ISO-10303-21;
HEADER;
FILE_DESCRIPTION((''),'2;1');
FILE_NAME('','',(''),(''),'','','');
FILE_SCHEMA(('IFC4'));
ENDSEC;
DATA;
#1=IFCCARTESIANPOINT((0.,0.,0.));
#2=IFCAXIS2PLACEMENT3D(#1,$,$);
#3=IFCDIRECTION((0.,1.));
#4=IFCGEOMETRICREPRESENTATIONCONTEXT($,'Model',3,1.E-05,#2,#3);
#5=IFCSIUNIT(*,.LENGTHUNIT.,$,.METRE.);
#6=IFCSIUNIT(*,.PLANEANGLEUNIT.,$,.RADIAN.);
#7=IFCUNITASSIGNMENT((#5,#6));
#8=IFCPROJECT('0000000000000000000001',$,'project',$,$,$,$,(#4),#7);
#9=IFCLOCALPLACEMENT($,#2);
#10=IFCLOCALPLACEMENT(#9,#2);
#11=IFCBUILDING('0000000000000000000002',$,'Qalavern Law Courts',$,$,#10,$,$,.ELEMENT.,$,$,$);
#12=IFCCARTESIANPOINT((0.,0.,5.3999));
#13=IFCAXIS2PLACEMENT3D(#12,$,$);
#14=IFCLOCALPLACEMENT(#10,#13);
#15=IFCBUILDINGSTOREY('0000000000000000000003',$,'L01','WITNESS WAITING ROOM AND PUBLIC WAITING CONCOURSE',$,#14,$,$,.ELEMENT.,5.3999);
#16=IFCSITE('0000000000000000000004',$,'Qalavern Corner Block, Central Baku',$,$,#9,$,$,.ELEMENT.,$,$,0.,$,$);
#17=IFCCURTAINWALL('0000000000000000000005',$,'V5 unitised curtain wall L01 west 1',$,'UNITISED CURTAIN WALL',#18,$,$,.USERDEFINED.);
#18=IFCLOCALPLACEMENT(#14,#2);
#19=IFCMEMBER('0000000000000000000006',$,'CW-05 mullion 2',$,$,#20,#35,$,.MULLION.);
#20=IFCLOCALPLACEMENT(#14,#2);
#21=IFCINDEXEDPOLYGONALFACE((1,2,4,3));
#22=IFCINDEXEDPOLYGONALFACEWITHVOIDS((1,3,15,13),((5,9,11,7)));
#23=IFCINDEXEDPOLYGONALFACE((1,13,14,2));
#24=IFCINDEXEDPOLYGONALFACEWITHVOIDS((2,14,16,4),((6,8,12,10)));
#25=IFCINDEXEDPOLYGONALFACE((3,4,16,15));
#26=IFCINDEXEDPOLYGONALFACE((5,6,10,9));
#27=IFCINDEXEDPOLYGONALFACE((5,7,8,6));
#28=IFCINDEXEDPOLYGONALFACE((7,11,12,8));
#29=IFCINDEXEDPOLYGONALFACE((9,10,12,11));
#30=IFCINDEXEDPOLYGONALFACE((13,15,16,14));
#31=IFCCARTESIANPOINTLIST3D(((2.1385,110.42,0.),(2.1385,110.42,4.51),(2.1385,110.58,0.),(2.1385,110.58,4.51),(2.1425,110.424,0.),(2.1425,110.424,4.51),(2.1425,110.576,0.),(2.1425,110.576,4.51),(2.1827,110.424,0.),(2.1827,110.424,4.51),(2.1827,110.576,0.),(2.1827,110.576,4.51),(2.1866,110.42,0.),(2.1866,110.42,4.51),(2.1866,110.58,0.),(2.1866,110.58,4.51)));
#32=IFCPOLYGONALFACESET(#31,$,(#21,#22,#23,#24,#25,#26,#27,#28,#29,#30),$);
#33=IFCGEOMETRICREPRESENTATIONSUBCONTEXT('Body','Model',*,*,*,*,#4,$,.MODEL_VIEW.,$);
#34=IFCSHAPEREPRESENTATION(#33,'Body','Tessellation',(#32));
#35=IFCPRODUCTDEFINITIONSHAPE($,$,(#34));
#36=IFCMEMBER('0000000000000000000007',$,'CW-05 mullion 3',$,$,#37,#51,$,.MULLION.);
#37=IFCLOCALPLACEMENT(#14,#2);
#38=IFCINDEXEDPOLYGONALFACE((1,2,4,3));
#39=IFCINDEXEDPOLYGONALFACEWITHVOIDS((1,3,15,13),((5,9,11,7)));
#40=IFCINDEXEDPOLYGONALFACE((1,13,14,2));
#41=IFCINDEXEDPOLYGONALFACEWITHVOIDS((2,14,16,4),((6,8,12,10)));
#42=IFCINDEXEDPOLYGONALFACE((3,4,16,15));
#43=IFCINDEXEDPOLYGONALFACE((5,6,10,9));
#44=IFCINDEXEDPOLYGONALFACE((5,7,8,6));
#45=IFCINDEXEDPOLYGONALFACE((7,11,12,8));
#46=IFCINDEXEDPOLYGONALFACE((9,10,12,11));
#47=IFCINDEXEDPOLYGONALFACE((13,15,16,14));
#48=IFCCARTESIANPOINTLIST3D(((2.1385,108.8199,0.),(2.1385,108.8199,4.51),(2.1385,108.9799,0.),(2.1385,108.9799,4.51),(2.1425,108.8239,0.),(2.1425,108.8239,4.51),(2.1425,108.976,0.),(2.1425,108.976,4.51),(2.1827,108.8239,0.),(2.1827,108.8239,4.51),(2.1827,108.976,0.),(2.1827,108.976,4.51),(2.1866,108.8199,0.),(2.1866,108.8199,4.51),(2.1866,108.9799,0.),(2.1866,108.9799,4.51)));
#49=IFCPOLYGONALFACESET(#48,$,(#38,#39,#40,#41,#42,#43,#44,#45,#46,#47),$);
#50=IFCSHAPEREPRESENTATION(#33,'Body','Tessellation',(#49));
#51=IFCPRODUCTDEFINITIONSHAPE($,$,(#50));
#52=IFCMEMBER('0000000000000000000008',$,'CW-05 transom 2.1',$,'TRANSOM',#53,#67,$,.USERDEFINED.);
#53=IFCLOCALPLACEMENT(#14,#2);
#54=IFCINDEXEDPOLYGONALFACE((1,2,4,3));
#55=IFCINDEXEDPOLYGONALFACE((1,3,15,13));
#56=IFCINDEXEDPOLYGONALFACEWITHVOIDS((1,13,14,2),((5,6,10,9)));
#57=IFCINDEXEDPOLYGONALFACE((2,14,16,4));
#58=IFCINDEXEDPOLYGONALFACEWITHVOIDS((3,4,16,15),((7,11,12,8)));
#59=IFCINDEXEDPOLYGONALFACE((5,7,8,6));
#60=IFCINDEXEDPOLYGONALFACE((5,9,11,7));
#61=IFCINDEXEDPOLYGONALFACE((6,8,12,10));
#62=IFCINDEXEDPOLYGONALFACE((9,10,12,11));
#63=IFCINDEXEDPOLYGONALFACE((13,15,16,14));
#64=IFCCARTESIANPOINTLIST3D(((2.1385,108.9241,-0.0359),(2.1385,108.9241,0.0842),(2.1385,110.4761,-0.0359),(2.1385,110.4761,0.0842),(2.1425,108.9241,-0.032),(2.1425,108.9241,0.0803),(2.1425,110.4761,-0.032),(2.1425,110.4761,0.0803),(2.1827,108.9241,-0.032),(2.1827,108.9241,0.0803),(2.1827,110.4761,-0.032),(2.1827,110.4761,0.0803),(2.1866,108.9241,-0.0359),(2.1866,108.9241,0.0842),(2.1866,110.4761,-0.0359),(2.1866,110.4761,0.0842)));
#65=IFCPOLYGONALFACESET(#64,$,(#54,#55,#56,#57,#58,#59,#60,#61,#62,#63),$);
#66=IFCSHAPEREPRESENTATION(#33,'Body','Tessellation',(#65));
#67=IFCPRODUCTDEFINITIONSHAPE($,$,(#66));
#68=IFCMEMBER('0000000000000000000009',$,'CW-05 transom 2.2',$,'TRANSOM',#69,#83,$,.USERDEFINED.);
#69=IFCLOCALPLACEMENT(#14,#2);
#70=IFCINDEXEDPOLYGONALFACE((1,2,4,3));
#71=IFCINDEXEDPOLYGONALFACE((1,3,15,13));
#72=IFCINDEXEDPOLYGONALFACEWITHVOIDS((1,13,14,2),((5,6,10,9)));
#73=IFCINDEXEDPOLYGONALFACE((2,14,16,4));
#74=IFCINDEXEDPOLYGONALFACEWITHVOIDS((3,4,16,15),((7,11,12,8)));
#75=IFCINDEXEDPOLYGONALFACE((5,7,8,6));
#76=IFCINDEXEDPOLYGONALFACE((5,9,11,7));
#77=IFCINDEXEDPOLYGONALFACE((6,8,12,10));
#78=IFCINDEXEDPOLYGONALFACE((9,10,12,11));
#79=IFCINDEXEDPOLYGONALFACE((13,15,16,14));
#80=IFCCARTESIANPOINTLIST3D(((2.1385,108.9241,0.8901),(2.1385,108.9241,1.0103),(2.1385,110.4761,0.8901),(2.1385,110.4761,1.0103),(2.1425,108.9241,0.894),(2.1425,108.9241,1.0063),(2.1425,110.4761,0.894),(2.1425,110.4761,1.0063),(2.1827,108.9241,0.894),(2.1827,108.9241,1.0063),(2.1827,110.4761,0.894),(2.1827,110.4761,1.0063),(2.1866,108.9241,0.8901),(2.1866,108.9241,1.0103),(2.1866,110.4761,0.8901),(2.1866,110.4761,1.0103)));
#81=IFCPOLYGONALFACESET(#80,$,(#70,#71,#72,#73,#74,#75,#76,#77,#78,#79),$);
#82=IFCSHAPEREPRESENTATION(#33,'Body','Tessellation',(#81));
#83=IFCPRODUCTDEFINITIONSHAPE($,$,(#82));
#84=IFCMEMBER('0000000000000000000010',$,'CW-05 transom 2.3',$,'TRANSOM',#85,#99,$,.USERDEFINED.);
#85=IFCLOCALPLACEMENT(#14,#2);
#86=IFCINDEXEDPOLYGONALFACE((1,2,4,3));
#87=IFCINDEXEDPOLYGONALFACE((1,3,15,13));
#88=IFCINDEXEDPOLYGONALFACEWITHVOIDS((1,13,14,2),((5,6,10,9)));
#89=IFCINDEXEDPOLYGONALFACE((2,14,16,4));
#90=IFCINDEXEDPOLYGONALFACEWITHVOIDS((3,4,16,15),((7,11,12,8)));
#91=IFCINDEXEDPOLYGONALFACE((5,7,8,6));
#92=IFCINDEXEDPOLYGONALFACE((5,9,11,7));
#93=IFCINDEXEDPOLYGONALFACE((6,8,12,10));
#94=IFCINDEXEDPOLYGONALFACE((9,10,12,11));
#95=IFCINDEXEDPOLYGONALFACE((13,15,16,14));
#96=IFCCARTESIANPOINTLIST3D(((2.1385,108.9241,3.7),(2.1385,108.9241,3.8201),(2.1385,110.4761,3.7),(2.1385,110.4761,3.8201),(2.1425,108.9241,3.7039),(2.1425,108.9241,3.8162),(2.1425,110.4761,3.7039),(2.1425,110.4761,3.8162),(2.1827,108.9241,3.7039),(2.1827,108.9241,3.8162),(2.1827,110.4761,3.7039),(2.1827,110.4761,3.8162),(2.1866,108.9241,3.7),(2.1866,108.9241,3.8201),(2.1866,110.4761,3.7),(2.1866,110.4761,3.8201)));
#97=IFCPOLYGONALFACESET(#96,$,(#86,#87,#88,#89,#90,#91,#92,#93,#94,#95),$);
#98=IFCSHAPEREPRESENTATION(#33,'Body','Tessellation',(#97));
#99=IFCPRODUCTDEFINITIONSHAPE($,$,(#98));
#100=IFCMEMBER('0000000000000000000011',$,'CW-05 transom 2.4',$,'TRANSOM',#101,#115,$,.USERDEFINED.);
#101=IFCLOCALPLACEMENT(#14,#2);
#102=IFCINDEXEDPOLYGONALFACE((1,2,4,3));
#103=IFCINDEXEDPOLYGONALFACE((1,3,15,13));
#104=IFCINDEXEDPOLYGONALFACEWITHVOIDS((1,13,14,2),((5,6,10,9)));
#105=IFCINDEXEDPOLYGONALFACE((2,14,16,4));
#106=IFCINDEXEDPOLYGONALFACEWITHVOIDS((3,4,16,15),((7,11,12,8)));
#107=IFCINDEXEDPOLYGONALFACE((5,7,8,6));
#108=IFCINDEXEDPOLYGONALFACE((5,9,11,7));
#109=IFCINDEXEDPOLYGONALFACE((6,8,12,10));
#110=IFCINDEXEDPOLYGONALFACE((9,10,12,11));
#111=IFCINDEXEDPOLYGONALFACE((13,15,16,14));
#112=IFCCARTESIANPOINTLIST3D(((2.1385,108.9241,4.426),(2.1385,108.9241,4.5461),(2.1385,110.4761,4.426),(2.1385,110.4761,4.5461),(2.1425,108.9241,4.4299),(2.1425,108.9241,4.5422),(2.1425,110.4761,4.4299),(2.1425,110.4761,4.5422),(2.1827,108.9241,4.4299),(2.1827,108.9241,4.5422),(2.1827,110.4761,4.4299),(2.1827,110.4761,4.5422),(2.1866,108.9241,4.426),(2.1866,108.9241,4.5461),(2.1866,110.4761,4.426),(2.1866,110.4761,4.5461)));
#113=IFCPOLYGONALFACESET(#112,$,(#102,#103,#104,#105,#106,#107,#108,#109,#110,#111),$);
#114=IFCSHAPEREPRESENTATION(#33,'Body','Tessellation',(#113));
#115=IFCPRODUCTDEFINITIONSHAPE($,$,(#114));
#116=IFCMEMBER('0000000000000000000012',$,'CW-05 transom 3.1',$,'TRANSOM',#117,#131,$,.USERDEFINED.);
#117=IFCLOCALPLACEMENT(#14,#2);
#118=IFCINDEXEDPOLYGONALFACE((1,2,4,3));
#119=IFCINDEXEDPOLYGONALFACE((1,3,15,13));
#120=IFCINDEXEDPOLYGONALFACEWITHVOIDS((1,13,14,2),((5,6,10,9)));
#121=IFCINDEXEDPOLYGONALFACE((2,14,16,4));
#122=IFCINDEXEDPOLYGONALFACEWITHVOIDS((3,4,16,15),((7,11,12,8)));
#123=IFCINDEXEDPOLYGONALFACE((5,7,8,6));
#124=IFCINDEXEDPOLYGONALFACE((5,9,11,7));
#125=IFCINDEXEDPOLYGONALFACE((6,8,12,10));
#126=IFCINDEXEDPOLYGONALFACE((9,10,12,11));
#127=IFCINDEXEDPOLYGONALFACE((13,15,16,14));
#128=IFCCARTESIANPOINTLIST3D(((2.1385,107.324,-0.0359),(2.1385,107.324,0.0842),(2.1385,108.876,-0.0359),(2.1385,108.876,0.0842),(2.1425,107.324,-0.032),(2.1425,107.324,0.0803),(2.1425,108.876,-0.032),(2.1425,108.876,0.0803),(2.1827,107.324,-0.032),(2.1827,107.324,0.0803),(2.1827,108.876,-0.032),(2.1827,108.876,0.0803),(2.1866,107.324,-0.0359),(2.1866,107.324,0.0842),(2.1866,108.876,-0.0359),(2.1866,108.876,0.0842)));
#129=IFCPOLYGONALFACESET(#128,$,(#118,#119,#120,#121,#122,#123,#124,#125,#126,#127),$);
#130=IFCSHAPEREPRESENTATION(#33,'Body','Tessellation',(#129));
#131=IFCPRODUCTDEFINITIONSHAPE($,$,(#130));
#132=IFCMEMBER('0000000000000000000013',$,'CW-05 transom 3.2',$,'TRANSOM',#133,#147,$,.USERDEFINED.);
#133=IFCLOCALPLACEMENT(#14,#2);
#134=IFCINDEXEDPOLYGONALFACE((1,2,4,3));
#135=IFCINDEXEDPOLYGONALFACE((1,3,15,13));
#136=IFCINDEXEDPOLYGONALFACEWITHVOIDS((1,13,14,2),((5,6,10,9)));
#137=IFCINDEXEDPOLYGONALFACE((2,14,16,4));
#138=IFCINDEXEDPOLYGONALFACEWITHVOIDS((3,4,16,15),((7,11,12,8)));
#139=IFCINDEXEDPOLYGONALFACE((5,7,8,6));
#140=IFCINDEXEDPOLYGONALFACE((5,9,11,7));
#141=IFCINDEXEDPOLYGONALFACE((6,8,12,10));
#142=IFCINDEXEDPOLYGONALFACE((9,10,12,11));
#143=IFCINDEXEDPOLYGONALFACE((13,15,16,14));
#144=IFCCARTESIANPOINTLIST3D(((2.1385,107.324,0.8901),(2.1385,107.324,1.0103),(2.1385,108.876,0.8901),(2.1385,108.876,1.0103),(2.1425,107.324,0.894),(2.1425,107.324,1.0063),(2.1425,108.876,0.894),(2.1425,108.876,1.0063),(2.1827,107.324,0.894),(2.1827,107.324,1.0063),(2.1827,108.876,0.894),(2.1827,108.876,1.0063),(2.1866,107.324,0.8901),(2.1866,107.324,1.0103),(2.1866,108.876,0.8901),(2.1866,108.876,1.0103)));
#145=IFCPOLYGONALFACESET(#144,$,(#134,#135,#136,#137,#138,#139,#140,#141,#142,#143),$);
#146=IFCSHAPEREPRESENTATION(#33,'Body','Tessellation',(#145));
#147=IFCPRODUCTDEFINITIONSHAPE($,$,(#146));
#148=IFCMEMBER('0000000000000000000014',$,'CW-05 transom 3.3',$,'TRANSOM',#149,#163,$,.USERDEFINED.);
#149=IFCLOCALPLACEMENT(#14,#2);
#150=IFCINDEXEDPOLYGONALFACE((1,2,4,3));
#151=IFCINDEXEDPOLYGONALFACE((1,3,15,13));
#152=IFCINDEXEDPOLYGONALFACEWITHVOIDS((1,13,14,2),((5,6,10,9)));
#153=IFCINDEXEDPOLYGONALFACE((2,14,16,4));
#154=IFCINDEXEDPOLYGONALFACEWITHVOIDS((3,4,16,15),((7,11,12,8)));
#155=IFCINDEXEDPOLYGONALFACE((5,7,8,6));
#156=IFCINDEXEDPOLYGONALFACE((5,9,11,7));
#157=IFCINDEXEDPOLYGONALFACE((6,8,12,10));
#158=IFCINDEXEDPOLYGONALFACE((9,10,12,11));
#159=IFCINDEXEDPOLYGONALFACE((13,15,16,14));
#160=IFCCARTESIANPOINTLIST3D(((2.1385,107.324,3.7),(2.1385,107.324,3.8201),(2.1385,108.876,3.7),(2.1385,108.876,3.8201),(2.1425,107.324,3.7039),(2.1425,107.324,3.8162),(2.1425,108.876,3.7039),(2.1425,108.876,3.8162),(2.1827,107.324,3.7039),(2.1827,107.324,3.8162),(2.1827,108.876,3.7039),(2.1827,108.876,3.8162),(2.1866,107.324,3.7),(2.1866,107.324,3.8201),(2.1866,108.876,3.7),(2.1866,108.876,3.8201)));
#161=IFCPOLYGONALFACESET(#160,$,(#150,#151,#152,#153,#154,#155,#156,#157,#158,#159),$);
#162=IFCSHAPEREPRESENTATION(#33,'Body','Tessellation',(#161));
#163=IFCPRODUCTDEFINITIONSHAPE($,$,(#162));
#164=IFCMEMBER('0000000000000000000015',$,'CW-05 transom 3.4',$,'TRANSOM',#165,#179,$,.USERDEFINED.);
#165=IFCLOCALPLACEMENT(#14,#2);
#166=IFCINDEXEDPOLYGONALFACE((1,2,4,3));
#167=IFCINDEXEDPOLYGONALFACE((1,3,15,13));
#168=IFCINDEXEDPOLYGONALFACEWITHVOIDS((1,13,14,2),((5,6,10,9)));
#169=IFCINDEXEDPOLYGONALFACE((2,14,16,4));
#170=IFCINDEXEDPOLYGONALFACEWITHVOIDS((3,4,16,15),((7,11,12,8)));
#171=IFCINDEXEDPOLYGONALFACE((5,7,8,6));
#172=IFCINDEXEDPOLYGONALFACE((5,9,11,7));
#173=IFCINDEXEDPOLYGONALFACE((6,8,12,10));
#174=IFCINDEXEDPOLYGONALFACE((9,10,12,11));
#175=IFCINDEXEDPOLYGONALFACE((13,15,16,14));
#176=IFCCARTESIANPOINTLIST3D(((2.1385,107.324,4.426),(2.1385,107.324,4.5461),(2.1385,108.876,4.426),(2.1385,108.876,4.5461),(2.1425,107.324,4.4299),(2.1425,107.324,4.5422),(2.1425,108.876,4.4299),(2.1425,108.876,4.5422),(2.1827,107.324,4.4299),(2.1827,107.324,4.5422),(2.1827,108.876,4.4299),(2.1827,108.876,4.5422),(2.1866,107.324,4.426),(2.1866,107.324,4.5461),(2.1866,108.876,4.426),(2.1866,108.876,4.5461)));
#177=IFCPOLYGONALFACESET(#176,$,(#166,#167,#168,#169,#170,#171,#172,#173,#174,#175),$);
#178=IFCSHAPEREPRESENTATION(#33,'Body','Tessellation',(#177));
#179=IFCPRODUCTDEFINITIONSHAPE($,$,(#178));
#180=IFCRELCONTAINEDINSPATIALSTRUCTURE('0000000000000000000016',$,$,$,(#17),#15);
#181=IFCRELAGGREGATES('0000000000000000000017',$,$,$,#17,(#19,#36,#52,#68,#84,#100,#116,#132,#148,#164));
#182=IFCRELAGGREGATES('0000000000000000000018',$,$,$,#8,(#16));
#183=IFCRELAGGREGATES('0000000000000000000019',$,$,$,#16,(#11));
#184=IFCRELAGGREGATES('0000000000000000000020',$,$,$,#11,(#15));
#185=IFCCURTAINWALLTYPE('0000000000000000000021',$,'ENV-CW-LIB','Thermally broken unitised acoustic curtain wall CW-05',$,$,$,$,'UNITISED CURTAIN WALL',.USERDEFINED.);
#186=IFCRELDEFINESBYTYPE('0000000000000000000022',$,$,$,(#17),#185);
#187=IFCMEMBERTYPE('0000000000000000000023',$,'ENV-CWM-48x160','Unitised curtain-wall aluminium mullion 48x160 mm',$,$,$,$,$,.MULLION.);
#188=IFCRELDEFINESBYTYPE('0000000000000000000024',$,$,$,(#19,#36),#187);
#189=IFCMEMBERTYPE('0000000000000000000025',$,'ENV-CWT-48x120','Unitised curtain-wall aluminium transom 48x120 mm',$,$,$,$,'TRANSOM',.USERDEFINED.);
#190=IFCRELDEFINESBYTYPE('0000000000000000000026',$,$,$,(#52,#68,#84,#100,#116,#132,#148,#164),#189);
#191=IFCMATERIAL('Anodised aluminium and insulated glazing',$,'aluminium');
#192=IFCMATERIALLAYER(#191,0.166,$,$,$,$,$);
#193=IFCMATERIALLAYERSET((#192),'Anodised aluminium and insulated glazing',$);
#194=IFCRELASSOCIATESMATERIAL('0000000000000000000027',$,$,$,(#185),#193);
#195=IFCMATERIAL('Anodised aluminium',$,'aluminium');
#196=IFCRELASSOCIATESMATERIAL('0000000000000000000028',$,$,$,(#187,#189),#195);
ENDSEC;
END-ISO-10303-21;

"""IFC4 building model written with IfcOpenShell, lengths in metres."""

from ifc_helpers import new_model, si_unit, direction, frame, origin, origin_2d, place, context, subcontext, project, spatial, hollow_rectangle, extrude, material, layer, layer_set, material_profile, profile_set, type_object, element, aggregate, save


model = new_model("IFC4")

# Units and contexts
model_context = context("Model", 3, precision=1e-05, world=origin(), true_north=direction((0.0, 1.0)))
body_context = subcontext(model_context, "Body", "Model", "MODEL_VIEW")
ifc_project = project(units=[si_unit("LENGTHUNIT", "METRE"), si_unit("PLANEANGLEUNIT", "RADIAN")], contexts=[model_context])

# Site, building, storey
site_placement = place(None, origin())
site = spatial("IfcSite", under=ifc_project, at=site_placement, Name="Qalavern Corner Block, Central Baku", CompositionType="ELEMENT", RefElevation=0.0)
building_placement = place(site_placement, origin())
building = spatial("IfcBuilding", under=site, at=building_placement, Name="Qalavern Law Courts", CompositionType="ELEMENT")
storey_placement = place(building_placement, frame((0.0, 0.0, 5.3999)))
storey = spatial("IfcBuildingStorey", under=building, at=storey_placement, Name="L01", Description="WITNESS WAITING ROOM AND PUBLIC WAITING CONCOURSE", CompositionType="ELEMENT", Elevation=5.3999)

# Curtain wall, members
ifc_material_1 = material(Name="Anodised aluminium and insulated glazing", Category="aluminium")
ifc_layer_1 = layer(ifc_material_1, 0.166)
ifc_layer_set_1 = layer_set([ifc_layer_1], Name="Anodised aluminium and insulated glazing")
curtain_wall_type = type_object("IfcCurtainWallType", Name="ENV-CW-LIB", Description="Thermally broken unitised acoustic curtain wall CW-05", ElementType="UNITISED CURTAIN WALL", PredefinedType="USERDEFINED", material=ifc_layer_set_1)
curtain_wall_placement = place(storey_placement, origin())
curtain_wall = element("IfcCurtainWall", 1, at=curtain_wall_placement, inside=storey, type_object=curtain_wall_type, Name="V5 unitised curtain wall L01 west 1", ObjectType="UNITISED CURTAIN WALL", PredefinedType="USERDEFINED")
ifc_material_2 = material(Name="Anodised aluminium", Category="aluminium")
ifc_material_profile_1 = material_profile(ifc_material_2, hollow_rectangle(XDim=0.0481, YDim=0.1599, WallThickness=0.0039, at=origin_2d()), Name="ALU MULLION 48x160")
ifc_profile_set_1 = profile_set([ifc_material_profile_1], Name="Anodised aluminium")
member_type_1 = type_object("IfcMemberType", Name="ENV-CWM-48x160", Description="Unitised curtain-wall aluminium mullion 48x160 mm", PredefinedType="MULLION", material=ifc_profile_set_1)
member_1_placement = place(storey_placement, frame((2.1626, 110.5, 0.0), z_axis=(0.0, 0.0, 1.0), x_axis=(1.0, 0.0, 0.0)))
member_1 = element("IfcMember", 2, at=member_1_placement, type_object=member_type_1, Name="CW-05 mullion 2", PredefinedType="MULLION", context=body_context, shape_type="SweptSolid", body=[
    extrude(hollow_rectangle(XDim=0.0481, YDim=0.1599, WallThickness=0.0039, at=origin_2d()), origin(), (0.0, 0.0, 1.0), 4.51),
])
member_2_placement = place(storey_placement, frame((2.1626, 108.8999, 0.0), z_axis=(0.0, 0.0, 1.0), x_axis=(1.0, 0.0, 0.0)))
member_2 = element("IfcMember", 3, at=member_2_placement, type_object=member_type_1, Name="CW-05 mullion 3", PredefinedType="MULLION", context=body_context, shape_type="SweptSolid", body=[
    extrude(hollow_rectangle(XDim=0.0481, YDim=0.1599, WallThickness=0.0039, at=origin_2d()), origin(), (0.0, 0.0, 1.0), 4.51),
])
ifc_material_profile_2 = material_profile(ifc_material_2, hollow_rectangle(XDim=0.0481, YDim=0.1201, WallThickness=0.0039, at=origin_2d()), Name="ALU TRANSOM 48x120")
ifc_profile_set_2 = profile_set([ifc_material_profile_2], Name="Anodised aluminium")
member_type_2 = type_object("IfcMemberType", Name="ENV-CWT-48x120", Description="Unitised curtain-wall aluminium transom 48x120 mm", ElementType="TRANSOM", PredefinedType="USERDEFINED", material=ifc_profile_set_2)
member_3_placement = place(storey_placement, frame((2.1626, 110.4761, 0.0242), z_axis=(0.0, -1.0, 0.0), x_axis=(1.0, 0.0, 0.0)))
member_3 = element("IfcMember", 4, at=member_3_placement, type_object=member_type_2, Name="CW-05 transom 2.1", ObjectType="TRANSOM", PredefinedType="USERDEFINED", context=body_context, shape_type="SweptSolid", body=[
    extrude(hollow_rectangle(XDim=0.0481, YDim=0.1201, WallThickness=0.0039, at=origin_2d()), origin(), (0.0, 0.0, 1.0), 1.552),
])
member_4_placement = place(storey_placement, frame((2.1626, 110.4761, 0.9502), z_axis=(0.0, -1.0, 0.0), x_axis=(1.0, 0.0, 0.0)))
member_4 = element("IfcMember", 5, at=member_4_placement, type_object=member_type_2, Name="CW-05 transom 2.2", ObjectType="TRANSOM", PredefinedType="USERDEFINED", context=body_context, shape_type="SweptSolid", body=[
    extrude(hollow_rectangle(XDim=0.0481, YDim=0.1201, WallThickness=0.0039, at=origin_2d()), origin(), (0.0, 0.0, 1.0), 1.552),
])
member_5_placement = place(storey_placement, frame((2.1626, 110.4761, 3.76), z_axis=(0.0, -1.0, 0.0), x_axis=(1.0, 0.0, 0.0)))
member_5 = element("IfcMember", 6, at=member_5_placement, type_object=member_type_2, Name="CW-05 transom 2.3", ObjectType="TRANSOM", PredefinedType="USERDEFINED", context=body_context, shape_type="SweptSolid", body=[
    extrude(hollow_rectangle(XDim=0.0481, YDim=0.1201, WallThickness=0.0039, at=origin_2d()), origin(), (0.0, 0.0, 1.0), 1.552),
])
member_6_placement = place(storey_placement, frame((2.1626, 110.4761, 4.4861), z_axis=(0.0, -1.0, 0.0), x_axis=(1.0, 0.0, 0.0)))
member_6 = element("IfcMember", 7, at=member_6_placement, type_object=member_type_2, Name="CW-05 transom 2.4", ObjectType="TRANSOM", PredefinedType="USERDEFINED", context=body_context, shape_type="SweptSolid", body=[
    extrude(hollow_rectangle(XDim=0.0481, YDim=0.1201, WallThickness=0.0039, at=origin_2d()), origin(), (0.0, 0.0, 1.0), 1.552),
])
member_7_placement = place(storey_placement, frame((2.1626, 108.876, 0.0242), z_axis=(0.0, -1.0, 0.0), x_axis=(1.0, 0.0, 0.0)))
member_7 = element("IfcMember", 8, at=member_7_placement, type_object=member_type_2, Name="CW-05 transom 3.1", ObjectType="TRANSOM", PredefinedType="USERDEFINED", context=body_context, shape_type="SweptSolid", body=[
    extrude(hollow_rectangle(XDim=0.0481, YDim=0.1201, WallThickness=0.0039, at=origin_2d()), origin(), (0.0, 0.0, 1.0), 1.552),
])
member_8_placement = place(storey_placement, frame((2.1626, 108.876, 0.9502), z_axis=(0.0, -1.0, 0.0), x_axis=(1.0, 0.0, 0.0)))
member_8 = element("IfcMember", 9, at=member_8_placement, type_object=member_type_2, Name="CW-05 transom 3.2", ObjectType="TRANSOM", PredefinedType="USERDEFINED", context=body_context, shape_type="SweptSolid", body=[
    extrude(hollow_rectangle(XDim=0.0481, YDim=0.1201, WallThickness=0.0039, at=origin_2d()), origin(), (0.0, 0.0, 1.0), 1.552),
])
member_9_placement = place(storey_placement, frame((2.1626, 108.876, 3.76), z_axis=(0.0, -1.0, 0.0), x_axis=(1.0, 0.0, 0.0)))
member_9 = element("IfcMember", 10, at=member_9_placement, type_object=member_type_2, Name="CW-05 transom 3.3", ObjectType="TRANSOM", PredefinedType="USERDEFINED", context=body_context, shape_type="SweptSolid", body=[
    extrude(hollow_rectangle(XDim=0.0481, YDim=0.1201, WallThickness=0.0039, at=origin_2d()), origin(), (0.0, 0.0, 1.0), 1.552),
])
member_10_placement = place(storey_placement, frame((2.1626, 108.876, 4.4861), z_axis=(0.0, -1.0, 0.0), x_axis=(1.0, 0.0, 0.0)))
member_10 = element("IfcMember", 11, at=member_10_placement, type_object=member_type_2, Name="CW-05 transom 3.4", ObjectType="TRANSOM", PredefinedType="USERDEFINED", context=body_context, shape_type="SweptSolid", body=[
    extrude(hollow_rectangle(XDim=0.0481, YDim=0.1201, WallThickness=0.0039, at=origin_2d()), origin(), (0.0, 0.0, 1.0), 1.552),
])

aggregate(curtain_wall, [member_1, member_2, member_3, member_4, member_5, member_6, member_7, member_8, member_9, member_10])

save(model, "model.ifc")
